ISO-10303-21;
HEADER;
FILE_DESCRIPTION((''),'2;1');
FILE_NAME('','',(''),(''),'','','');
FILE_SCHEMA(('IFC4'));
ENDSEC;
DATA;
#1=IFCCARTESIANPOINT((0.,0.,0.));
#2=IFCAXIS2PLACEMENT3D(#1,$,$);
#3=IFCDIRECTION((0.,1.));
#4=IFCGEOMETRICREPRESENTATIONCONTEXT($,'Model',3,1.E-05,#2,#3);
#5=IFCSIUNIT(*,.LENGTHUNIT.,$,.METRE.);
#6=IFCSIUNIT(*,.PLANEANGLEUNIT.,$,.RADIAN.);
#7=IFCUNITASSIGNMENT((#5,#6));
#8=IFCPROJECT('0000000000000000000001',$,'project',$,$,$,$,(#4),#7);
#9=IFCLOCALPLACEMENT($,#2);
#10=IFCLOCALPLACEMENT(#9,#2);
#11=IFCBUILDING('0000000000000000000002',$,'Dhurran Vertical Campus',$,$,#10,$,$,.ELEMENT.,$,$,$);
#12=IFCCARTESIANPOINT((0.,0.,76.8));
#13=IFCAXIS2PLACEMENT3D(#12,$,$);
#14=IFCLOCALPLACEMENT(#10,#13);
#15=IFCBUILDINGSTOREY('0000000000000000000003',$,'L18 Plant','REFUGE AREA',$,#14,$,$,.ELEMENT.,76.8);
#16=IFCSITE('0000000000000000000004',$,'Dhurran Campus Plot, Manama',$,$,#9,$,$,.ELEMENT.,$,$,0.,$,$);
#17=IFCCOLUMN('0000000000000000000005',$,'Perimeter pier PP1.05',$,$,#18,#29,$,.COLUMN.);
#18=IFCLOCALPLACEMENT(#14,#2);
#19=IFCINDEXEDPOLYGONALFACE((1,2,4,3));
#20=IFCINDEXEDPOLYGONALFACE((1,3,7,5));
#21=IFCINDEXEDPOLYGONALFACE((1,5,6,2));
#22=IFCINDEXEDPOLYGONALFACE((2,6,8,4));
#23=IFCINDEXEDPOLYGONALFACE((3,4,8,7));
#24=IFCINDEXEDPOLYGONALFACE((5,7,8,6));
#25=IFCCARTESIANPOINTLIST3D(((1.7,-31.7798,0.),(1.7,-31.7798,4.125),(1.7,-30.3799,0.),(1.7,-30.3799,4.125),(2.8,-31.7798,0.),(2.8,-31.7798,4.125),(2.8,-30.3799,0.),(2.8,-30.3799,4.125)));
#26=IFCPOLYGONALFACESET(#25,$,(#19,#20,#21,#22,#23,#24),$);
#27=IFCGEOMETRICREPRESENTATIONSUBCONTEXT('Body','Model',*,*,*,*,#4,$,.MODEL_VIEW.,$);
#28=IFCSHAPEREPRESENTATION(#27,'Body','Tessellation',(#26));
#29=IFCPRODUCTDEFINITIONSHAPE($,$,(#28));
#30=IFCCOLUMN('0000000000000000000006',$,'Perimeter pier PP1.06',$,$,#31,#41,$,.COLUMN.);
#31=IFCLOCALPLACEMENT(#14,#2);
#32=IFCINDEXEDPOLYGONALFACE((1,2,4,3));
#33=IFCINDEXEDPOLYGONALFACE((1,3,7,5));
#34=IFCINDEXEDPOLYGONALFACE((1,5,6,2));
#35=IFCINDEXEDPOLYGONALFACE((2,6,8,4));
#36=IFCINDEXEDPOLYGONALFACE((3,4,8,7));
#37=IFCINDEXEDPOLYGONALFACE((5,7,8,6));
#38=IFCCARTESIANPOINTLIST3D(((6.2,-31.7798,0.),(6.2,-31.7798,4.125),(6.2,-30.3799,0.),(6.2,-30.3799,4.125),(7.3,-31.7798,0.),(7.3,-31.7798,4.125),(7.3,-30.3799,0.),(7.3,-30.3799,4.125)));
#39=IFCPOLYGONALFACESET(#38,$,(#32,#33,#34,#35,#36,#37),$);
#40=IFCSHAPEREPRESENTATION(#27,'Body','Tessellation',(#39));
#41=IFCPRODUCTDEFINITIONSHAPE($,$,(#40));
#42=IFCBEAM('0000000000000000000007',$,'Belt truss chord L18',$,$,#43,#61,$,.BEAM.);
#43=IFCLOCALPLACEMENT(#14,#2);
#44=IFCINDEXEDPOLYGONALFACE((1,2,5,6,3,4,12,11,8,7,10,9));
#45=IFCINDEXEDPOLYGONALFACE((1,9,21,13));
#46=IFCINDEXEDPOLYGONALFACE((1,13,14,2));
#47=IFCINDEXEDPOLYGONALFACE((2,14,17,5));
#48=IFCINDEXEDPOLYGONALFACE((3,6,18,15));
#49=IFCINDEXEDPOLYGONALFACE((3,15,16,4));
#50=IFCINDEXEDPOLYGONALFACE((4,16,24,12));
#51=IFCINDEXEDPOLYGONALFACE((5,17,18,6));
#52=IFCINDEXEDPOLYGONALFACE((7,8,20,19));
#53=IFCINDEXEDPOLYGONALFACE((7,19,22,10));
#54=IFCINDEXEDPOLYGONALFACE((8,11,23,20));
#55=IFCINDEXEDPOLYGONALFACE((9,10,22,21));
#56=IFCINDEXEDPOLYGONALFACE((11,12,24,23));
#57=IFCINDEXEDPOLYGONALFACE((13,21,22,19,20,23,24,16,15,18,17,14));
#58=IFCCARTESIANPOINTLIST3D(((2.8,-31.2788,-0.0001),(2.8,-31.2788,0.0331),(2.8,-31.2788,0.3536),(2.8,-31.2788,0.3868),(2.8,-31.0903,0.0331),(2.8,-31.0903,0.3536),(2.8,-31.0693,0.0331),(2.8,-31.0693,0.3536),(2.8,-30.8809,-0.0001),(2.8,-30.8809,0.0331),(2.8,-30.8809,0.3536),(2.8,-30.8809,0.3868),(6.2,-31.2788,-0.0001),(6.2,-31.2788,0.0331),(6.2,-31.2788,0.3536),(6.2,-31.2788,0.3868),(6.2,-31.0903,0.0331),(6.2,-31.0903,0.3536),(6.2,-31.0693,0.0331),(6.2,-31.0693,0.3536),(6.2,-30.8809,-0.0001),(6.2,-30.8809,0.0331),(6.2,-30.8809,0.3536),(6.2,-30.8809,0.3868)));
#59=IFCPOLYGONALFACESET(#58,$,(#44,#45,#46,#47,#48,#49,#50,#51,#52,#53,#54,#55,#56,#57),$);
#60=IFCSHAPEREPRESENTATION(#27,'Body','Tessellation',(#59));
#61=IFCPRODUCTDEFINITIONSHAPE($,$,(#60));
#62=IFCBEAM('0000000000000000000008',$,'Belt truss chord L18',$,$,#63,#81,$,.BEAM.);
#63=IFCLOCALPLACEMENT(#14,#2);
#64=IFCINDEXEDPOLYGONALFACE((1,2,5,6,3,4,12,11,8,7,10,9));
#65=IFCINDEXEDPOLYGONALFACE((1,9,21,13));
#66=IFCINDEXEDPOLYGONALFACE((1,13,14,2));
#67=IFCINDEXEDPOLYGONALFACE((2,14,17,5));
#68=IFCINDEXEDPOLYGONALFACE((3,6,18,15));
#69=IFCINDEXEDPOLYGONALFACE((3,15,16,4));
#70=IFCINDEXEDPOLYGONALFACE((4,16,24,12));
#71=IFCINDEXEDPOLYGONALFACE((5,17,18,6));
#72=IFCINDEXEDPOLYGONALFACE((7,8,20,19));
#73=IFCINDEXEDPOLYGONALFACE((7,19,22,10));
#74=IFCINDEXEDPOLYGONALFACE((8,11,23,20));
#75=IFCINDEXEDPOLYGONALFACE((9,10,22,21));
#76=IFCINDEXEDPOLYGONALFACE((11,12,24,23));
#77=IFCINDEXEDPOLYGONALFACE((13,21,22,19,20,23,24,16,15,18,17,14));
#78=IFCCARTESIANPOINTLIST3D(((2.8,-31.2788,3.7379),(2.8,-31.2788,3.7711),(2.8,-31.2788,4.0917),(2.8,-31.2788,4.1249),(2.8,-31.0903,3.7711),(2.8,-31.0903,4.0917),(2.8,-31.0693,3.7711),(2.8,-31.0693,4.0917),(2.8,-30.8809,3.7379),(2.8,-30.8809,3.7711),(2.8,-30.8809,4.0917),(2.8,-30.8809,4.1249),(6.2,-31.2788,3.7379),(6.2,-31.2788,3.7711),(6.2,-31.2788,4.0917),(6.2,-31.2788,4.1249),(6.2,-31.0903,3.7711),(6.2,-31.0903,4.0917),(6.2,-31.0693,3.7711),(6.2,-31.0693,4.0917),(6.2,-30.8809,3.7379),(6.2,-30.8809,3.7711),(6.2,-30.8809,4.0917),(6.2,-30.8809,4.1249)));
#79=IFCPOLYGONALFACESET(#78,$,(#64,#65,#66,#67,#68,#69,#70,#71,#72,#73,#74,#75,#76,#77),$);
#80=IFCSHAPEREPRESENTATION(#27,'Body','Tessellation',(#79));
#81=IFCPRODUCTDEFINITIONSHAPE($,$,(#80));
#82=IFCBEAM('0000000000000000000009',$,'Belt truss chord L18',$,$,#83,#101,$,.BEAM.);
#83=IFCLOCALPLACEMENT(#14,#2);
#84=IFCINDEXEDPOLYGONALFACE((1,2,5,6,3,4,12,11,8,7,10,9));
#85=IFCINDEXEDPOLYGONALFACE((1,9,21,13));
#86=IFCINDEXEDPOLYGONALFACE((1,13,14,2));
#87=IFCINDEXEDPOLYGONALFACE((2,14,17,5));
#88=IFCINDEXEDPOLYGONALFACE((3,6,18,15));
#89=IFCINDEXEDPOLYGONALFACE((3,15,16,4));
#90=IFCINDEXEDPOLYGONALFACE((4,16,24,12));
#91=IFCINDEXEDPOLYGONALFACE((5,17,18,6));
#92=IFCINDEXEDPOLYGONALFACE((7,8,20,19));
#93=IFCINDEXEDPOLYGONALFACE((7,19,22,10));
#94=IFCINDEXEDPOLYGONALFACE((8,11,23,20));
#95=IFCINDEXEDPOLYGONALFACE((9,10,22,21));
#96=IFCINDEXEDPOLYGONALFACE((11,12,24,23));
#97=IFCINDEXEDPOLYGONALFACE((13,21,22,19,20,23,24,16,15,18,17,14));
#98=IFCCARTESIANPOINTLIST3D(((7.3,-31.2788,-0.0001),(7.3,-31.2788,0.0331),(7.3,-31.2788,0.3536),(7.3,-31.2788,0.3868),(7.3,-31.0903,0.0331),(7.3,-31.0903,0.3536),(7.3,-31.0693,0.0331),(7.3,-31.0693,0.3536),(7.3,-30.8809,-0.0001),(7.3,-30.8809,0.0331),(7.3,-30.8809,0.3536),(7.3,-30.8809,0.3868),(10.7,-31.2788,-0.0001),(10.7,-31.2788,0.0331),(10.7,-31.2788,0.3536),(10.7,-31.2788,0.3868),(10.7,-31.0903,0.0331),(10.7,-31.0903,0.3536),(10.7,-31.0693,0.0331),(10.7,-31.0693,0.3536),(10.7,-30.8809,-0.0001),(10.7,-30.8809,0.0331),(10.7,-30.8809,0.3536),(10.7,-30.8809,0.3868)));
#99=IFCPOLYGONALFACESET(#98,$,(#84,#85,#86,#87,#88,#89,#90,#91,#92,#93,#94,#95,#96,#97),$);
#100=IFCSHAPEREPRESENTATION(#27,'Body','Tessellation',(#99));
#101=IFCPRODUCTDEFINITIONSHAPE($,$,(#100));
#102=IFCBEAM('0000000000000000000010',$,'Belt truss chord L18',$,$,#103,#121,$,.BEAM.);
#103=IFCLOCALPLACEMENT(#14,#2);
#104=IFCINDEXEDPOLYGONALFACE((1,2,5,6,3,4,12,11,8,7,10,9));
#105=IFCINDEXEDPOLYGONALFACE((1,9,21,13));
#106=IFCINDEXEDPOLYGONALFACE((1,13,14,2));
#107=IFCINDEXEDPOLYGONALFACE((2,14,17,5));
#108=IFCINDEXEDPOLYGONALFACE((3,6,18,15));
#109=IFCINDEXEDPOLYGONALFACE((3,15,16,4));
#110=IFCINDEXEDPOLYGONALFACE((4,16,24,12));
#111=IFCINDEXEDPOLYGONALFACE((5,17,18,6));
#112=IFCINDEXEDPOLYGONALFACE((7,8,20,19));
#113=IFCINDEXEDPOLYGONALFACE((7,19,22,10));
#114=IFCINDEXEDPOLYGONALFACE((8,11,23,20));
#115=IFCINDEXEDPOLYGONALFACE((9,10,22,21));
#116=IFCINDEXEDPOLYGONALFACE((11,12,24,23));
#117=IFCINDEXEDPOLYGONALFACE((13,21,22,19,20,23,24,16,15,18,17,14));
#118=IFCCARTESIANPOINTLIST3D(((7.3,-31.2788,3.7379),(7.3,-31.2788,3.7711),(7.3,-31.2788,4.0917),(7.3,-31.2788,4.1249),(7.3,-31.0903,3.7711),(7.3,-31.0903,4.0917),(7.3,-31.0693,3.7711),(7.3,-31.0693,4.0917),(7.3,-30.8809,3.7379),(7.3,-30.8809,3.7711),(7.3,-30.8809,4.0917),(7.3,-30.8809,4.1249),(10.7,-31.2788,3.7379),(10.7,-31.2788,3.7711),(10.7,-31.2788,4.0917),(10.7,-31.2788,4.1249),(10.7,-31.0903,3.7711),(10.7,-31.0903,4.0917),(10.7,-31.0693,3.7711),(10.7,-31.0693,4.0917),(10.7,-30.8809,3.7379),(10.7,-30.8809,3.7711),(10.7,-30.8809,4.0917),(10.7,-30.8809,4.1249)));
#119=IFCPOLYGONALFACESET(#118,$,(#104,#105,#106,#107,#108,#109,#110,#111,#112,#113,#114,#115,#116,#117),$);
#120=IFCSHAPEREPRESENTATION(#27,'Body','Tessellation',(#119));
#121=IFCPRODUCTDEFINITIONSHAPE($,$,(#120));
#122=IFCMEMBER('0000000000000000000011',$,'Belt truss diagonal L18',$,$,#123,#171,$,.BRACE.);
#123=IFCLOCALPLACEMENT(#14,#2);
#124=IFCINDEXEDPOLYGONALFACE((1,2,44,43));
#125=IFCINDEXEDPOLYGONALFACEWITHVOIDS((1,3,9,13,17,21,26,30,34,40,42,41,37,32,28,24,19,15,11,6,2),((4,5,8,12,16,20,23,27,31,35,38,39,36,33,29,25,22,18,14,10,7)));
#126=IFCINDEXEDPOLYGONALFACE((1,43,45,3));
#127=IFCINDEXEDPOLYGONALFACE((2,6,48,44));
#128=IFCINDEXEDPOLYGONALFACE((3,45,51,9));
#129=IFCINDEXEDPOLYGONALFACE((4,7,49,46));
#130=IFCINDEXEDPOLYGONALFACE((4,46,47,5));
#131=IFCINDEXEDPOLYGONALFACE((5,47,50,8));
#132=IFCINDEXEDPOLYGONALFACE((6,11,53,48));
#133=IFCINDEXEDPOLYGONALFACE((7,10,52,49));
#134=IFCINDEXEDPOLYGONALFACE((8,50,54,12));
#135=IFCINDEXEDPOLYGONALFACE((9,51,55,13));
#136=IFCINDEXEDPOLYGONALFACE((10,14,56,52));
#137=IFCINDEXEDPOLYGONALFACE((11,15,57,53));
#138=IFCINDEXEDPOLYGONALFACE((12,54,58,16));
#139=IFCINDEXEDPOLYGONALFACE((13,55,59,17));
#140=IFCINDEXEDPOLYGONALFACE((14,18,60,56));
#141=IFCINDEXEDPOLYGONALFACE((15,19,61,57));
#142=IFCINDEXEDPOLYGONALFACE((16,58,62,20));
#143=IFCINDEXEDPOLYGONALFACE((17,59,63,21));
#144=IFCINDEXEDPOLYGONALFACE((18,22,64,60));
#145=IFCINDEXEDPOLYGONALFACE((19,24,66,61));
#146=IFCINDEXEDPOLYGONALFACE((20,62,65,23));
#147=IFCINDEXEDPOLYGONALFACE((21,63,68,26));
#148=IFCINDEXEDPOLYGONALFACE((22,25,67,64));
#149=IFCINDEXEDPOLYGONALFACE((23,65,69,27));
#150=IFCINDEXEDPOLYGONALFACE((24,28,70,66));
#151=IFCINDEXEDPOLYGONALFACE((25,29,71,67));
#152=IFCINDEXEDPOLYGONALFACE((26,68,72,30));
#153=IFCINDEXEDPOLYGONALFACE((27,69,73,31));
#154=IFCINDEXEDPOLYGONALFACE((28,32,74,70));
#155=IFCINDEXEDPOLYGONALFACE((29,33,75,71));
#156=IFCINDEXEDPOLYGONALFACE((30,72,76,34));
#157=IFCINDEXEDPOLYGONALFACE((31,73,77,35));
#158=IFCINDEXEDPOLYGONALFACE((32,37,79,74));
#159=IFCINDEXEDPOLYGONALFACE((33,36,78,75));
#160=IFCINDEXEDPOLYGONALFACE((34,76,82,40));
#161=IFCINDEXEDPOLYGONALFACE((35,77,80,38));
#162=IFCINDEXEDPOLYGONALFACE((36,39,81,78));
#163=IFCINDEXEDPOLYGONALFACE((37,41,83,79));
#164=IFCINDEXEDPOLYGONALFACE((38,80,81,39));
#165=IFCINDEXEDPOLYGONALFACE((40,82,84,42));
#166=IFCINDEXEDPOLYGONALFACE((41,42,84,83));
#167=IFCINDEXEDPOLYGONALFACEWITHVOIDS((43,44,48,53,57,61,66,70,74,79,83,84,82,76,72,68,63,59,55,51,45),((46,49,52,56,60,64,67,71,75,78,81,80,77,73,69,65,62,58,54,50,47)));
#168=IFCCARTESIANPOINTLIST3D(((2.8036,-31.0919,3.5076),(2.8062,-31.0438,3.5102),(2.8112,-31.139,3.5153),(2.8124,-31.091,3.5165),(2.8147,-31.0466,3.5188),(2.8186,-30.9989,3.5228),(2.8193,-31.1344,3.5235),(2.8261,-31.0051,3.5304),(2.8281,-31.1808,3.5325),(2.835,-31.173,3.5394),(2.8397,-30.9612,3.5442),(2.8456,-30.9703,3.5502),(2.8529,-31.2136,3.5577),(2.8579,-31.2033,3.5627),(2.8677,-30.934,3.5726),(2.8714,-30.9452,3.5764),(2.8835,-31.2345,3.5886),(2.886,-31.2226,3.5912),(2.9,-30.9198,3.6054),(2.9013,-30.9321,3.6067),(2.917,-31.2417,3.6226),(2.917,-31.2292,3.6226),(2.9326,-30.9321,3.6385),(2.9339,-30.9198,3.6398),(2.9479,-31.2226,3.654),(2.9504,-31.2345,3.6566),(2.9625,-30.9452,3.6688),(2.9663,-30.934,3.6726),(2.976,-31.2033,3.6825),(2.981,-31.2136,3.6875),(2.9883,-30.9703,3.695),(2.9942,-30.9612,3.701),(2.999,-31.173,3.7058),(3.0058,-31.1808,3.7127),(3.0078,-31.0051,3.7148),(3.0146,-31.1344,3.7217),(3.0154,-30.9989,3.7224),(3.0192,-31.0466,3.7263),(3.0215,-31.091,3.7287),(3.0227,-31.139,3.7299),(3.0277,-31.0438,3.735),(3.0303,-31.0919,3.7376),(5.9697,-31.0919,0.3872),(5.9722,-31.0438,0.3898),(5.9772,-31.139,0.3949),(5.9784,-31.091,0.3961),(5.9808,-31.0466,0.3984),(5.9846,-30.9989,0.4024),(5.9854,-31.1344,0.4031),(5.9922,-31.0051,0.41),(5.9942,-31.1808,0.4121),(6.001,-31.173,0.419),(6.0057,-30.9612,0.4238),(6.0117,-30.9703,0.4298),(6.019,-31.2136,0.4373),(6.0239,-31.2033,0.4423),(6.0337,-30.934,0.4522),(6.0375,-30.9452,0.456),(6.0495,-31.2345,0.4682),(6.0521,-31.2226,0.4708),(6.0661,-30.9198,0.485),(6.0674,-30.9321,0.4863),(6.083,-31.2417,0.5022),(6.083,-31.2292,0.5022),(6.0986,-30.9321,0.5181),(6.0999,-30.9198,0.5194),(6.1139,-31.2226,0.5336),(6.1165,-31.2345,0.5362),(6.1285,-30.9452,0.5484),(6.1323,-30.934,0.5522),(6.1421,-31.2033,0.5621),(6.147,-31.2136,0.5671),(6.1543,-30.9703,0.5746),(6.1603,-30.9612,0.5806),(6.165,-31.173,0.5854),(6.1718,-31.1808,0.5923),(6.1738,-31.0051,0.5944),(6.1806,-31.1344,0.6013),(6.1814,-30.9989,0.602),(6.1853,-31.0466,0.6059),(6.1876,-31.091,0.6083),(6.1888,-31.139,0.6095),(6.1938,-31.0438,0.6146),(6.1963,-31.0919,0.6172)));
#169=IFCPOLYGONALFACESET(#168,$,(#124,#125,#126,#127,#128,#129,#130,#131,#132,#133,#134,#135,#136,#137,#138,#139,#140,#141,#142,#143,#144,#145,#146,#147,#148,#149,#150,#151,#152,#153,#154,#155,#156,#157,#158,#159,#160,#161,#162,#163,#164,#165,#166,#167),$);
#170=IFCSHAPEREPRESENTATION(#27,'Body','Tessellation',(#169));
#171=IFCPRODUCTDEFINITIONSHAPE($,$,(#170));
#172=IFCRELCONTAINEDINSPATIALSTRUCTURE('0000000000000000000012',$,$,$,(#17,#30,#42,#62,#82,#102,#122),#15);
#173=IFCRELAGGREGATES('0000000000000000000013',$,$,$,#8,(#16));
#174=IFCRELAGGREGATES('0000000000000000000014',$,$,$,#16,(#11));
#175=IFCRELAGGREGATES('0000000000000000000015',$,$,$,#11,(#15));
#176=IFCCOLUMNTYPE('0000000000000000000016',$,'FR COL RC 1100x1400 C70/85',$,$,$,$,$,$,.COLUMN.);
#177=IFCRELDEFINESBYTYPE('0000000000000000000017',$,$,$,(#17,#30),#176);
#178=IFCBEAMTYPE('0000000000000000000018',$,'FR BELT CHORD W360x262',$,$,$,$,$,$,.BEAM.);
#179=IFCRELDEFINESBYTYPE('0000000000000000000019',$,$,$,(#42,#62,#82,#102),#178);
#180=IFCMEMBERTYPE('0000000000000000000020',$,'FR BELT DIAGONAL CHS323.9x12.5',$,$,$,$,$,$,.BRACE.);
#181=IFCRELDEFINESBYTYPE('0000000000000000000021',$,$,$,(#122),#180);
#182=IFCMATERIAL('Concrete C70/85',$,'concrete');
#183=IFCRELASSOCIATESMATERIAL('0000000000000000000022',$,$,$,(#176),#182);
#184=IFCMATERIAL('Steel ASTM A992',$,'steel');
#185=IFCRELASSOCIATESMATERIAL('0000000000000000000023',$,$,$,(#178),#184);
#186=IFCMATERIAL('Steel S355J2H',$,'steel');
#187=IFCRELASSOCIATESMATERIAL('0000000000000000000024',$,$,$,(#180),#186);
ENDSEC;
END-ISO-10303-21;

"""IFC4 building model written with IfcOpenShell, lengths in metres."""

from ifc_helpers import new_model, si_unit, direction, frame, origin, origin_2d, place, context, subcontext, project, spatial, rectangle, hollow_circle, i_section, extrude, material, material_profile, profile_set, type_object, element, save


model = new_model("IFC4")

# Units and contexts
model_context = context("Model", 3, precision=1e-05, world=origin(), true_north=direction((0.0, 1.0)))
body_context = subcontext(model_context, "Body", "Model", "MODEL_VIEW")
ifc_project = project(units=[si_unit("LENGTHUNIT", "METRE"), si_unit("PLANEANGLEUNIT", "RADIAN")], contexts=[model_context])

# Site, building, storey
site_placement = place(None, origin())
site = spatial("IfcSite", under=ifc_project, at=site_placement, Name="Dhurran Campus Plot, Manama", CompositionType="ELEMENT", RefElevation=0.0)
building_placement = place(site_placement, origin())
building = spatial("IfcBuilding", under=site, at=building_placement, Name="Dhurran Vertical Campus", CompositionType="ELEMENT")
storey_placement = place(building_placement, frame((0.0, 0.0, 76.8)))
storey = spatial("IfcBuildingStorey", under=building, at=storey_placement, Name="L18 Plant", Description="REFUGE AREA", CompositionType="ELEMENT", Elevation=76.8)

# Columns
ifc_material_1 = material(Name="Concrete C70/85", Category="concrete")
ifc_material_profile_1 = material_profile(ifc_material_1, rectangle(XDim=1.1001, YDim=1.3999, at=origin_2d()), Name="RC 1100x1400")
ifc_profile_set_1 = profile_set([ifc_material_profile_1], Name="Concrete C70/85")
column_type = type_object("IfcColumnType", Name="FR COL RC 1100x1400 C70/85", PredefinedType="COLUMN", material=ifc_profile_set_1)
for number, where, z_axis, x_axis, name in (
    (1, (2.25, -31.0798, 0.0), (0.0, 0.0, 1.0), (1.0, 0.0, 0.0), "Perimeter pier PP1.05"),
    (2, (6.75, -31.0798, 0.0), (0.0, 0.0, 1.0), (1.0, 0.0, 0.0), "Perimeter pier PP1.06"),
):
    element("IfcColumn", number, at=place(storey_placement, frame(where, z_axis=z_axis, x_axis=x_axis)), inside=storey, type_object=column_type, Name=name, PredefinedType="COLUMN", context=body_context, shape_type="SweptSolid", body=[
        extrude(rectangle(XDim=1.1001, YDim=1.3999, at=origin_2d()), origin(), (0.0, 0.0, 1.0), 4.125),
    ])

# Beams
ifc_material_2 = material(Name="Steel ASTM A992", Category="steel")
ifc_material_profile_2 = material_profile(ifc_material_2, i_section(OverallWidth=0.3979, OverallDepth=0.387, WebThickness=0.021, FlangeThickness=0.0332, at=origin_2d()), Name="W360x262")
ifc_profile_set_2 = profile_set([ifc_material_profile_2], Name="Steel ASTM A992")
beam_type = type_object("IfcBeamType", Name="FR BELT CHORD W360x262", PredefinedType="BEAM", material=ifc_profile_set_2)
for number, where, z_axis, x_axis, name in (
    (3, (2.8, -31.0798, 0.1934), (1.0, 0.0, 0.0), (0.0, 1.0, 0.0), "Belt truss chord L18"),
    (4, (2.8, -31.0798, 3.9314), (1.0, 0.0, 0.0), (0.0, 1.0, 0.0), "Belt truss chord L18"),
    (5, (7.3, -31.0798, 0.1934), (1.0, 0.0, 0.0), (0.0, 1.0, 0.0), "Belt truss chord L18"),
    (6, (7.3, -31.0798, 3.9314), (1.0, 0.0, 0.0), (0.0, 1.0, 0.0), "Belt truss chord L18"),
):
    element("IfcBeam", number, at=place(storey_placement, frame(where, z_axis=z_axis, x_axis=x_axis)), inside=storey, type_object=beam_type, Name=name, PredefinedType="BEAM", context=body_context, shape_type="SweptSolid", body=[
        extrude(i_section(OverallWidth=0.3979, OverallDepth=0.387, WebThickness=0.021, FlangeThickness=0.0332, at=origin_2d()), origin(), (0.0, 0.0, 1.0), 3.3999),
    ])

# Member
ifc_material_3 = material(Name="Steel S355J2H", Category="steel")
ifc_material_profile_3 = material_profile(ifc_material_3, hollow_circle(Radius=0.1619, WallThickness=0.0125, at=origin_2d()), Name="CHS323.9x12.5")
ifc_profile_set_3 = profile_set([ifc_material_profile_3], Name="Steel S355J2H")
member_type = type_object("IfcMemberType", Name="FR BELT DIAGONAL CHS323.9x12.5", PredefinedType="BRACE", material=ifc_profile_set_3)
for number, where, z_axis, x_axis, name in (
    (7, (6.083, -31.0798, 0.5022), (-0.712223, 0.0, 0.701953), (0.0, -1.0, 0.0), "Belt truss diagonal L18"),
):
    element("IfcMember", number, at=place(storey_placement, frame(where, z_axis=z_axis, x_axis=x_axis)), inside=storey, type_object=member_type, Name=name, PredefinedType="BRACE", context=body_context, shape_type="SweptSolid", body=[
        extrude(hollow_circle(Radius=0.1619, WallThickness=0.0125, at=origin_2d()), origin(), (0.0, 0.0, 1.0), 4.4453),
    ])

save(model, "model.ifc")
